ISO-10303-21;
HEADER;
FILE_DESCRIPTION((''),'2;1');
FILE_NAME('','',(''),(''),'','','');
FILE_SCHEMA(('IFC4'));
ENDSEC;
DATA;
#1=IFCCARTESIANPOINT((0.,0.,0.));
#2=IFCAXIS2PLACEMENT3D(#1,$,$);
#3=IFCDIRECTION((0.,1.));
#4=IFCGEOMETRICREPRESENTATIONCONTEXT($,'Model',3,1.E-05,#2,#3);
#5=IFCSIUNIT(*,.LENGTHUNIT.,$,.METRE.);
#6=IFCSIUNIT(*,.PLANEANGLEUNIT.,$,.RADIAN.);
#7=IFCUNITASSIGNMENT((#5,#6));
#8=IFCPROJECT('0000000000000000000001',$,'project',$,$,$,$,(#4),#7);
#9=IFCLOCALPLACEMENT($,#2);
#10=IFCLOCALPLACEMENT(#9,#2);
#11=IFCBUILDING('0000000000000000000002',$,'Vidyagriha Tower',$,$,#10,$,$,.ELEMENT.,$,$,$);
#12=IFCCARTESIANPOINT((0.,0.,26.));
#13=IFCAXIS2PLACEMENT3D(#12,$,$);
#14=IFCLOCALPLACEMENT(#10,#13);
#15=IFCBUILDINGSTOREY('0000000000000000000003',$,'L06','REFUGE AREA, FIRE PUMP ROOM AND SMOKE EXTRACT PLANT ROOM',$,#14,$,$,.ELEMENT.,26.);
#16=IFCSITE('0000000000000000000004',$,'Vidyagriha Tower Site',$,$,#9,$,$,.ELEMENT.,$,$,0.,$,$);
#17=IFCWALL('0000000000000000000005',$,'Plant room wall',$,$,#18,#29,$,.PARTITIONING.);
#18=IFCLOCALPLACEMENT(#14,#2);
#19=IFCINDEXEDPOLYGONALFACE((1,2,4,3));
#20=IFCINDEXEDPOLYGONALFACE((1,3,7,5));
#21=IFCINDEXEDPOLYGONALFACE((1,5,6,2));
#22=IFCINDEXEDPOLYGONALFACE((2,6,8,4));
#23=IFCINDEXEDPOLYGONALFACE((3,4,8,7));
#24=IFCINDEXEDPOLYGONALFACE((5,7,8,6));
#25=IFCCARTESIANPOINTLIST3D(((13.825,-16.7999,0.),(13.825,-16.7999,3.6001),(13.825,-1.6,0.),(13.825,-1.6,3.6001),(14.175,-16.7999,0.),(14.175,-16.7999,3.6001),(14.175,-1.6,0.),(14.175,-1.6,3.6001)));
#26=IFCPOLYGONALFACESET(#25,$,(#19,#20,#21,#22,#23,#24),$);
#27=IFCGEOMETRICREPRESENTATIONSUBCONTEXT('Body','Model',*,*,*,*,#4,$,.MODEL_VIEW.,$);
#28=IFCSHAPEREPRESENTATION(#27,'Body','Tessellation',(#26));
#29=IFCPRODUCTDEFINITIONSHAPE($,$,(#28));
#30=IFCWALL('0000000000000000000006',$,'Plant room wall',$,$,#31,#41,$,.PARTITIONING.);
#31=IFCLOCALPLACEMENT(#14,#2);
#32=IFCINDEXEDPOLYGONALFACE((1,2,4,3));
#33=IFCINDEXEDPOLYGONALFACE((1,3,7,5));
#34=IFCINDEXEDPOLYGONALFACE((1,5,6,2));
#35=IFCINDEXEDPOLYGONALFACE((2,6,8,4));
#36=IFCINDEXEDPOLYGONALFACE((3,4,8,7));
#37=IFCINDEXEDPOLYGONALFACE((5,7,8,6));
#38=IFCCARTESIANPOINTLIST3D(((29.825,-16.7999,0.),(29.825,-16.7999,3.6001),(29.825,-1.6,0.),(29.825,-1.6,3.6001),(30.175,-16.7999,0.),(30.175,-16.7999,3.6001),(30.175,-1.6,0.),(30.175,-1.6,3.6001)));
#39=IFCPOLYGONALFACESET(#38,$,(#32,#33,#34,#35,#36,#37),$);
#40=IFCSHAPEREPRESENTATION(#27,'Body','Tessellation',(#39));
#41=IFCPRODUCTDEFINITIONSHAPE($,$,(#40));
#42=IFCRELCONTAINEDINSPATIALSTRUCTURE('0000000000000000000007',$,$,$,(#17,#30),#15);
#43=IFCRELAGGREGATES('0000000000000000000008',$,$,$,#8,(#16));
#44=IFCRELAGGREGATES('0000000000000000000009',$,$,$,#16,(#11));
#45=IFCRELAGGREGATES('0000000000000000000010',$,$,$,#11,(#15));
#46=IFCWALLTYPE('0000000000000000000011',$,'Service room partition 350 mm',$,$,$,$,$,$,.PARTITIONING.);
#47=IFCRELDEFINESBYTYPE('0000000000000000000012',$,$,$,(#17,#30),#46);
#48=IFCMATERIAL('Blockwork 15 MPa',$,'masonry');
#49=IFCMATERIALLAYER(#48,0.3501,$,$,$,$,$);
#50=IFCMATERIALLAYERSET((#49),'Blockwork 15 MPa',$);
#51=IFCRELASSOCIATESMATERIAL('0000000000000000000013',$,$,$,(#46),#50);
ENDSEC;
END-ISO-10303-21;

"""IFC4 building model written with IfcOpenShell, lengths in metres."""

from ifc_helpers import new_model, si_unit, direction, frame, frame_2d, origin, place, context, subcontext, project, spatial, rectangle, extrude, material, layer, layer_set, type_object, element, save


model = new_model("IFC4")

# Units and contexts
model_context = context("Model", 3, precision=1e-05, world=origin(), true_north=direction((0.0, 1.0)))
body_context = subcontext(model_context, "Body", "Model", "MODEL_VIEW")
ifc_project = project(units=[si_unit("LENGTHUNIT", "METRE"), si_unit("PLANEANGLEUNIT", "RADIAN")], contexts=[model_context])

# Site, building, storey
site_placement = place(None, origin())
site = spatial("IfcSite", under=ifc_project, at=site_placement, Name="Vidyagriha Tower Site", CompositionType="ELEMENT", RefElevation=0.0)
building_placement = place(site_placement, origin())
building = spatial("IfcBuilding", under=site, at=building_placement, Name="Vidyagriha Tower", CompositionType="ELEMENT")
storey_placement = place(building_placement, frame((0.0, 0.0, 26.0)))
storey = spatial("IfcBuildingStorey", under=building, at=storey_placement, Name="L06", Description="REFUGE AREA, FIRE PUMP ROOM AND SMOKE EXTRACT PLANT ROOM", CompositionType="ELEMENT", Elevation=26.0)

# Walls
ifc_material_1 = material(Name="Blockwork 15 MPa", Category="masonry")
ifc_layer_1 = layer(ifc_material_1, 0.3501)
ifc_layer_set_1 = layer_set([ifc_layer_1], Name="Blockwork 15 MPa")
wall_type_1 = type_object("IfcWallType", Name="Service room partition 350 mm", PredefinedType="PARTITIONING", material=ifc_layer_set_1)
for number, where, z_axis, x_axis, name in (
    (1, (14.0, -16.8, 0.0), (0.0, 0.0, 1.0), (0.0, 1.0, 0.0), "Plant room wall"),
    (2, (30.0, -16.8, 0.0), (0.0, 0.0, 1.0), (0.0, 1.0, 0.0), "Plant room wall"),
):
    element("IfcWall", number, at=place(storey_placement, frame(where, z_axis=z_axis, x_axis=x_axis)), inside=storey, type_object=wall_type_1, Name=name, PredefinedType="PARTITIONING", context=body_context, shape_type="SweptSolid", body=[
        extrude(rectangle(XDim=15.2, YDim=0.3501, at=frame_2d((7.6001, 0.0))), origin(), (0.0, 0.0, 1.0), 3.6001),
    ])

save(model, "model.ifc")
